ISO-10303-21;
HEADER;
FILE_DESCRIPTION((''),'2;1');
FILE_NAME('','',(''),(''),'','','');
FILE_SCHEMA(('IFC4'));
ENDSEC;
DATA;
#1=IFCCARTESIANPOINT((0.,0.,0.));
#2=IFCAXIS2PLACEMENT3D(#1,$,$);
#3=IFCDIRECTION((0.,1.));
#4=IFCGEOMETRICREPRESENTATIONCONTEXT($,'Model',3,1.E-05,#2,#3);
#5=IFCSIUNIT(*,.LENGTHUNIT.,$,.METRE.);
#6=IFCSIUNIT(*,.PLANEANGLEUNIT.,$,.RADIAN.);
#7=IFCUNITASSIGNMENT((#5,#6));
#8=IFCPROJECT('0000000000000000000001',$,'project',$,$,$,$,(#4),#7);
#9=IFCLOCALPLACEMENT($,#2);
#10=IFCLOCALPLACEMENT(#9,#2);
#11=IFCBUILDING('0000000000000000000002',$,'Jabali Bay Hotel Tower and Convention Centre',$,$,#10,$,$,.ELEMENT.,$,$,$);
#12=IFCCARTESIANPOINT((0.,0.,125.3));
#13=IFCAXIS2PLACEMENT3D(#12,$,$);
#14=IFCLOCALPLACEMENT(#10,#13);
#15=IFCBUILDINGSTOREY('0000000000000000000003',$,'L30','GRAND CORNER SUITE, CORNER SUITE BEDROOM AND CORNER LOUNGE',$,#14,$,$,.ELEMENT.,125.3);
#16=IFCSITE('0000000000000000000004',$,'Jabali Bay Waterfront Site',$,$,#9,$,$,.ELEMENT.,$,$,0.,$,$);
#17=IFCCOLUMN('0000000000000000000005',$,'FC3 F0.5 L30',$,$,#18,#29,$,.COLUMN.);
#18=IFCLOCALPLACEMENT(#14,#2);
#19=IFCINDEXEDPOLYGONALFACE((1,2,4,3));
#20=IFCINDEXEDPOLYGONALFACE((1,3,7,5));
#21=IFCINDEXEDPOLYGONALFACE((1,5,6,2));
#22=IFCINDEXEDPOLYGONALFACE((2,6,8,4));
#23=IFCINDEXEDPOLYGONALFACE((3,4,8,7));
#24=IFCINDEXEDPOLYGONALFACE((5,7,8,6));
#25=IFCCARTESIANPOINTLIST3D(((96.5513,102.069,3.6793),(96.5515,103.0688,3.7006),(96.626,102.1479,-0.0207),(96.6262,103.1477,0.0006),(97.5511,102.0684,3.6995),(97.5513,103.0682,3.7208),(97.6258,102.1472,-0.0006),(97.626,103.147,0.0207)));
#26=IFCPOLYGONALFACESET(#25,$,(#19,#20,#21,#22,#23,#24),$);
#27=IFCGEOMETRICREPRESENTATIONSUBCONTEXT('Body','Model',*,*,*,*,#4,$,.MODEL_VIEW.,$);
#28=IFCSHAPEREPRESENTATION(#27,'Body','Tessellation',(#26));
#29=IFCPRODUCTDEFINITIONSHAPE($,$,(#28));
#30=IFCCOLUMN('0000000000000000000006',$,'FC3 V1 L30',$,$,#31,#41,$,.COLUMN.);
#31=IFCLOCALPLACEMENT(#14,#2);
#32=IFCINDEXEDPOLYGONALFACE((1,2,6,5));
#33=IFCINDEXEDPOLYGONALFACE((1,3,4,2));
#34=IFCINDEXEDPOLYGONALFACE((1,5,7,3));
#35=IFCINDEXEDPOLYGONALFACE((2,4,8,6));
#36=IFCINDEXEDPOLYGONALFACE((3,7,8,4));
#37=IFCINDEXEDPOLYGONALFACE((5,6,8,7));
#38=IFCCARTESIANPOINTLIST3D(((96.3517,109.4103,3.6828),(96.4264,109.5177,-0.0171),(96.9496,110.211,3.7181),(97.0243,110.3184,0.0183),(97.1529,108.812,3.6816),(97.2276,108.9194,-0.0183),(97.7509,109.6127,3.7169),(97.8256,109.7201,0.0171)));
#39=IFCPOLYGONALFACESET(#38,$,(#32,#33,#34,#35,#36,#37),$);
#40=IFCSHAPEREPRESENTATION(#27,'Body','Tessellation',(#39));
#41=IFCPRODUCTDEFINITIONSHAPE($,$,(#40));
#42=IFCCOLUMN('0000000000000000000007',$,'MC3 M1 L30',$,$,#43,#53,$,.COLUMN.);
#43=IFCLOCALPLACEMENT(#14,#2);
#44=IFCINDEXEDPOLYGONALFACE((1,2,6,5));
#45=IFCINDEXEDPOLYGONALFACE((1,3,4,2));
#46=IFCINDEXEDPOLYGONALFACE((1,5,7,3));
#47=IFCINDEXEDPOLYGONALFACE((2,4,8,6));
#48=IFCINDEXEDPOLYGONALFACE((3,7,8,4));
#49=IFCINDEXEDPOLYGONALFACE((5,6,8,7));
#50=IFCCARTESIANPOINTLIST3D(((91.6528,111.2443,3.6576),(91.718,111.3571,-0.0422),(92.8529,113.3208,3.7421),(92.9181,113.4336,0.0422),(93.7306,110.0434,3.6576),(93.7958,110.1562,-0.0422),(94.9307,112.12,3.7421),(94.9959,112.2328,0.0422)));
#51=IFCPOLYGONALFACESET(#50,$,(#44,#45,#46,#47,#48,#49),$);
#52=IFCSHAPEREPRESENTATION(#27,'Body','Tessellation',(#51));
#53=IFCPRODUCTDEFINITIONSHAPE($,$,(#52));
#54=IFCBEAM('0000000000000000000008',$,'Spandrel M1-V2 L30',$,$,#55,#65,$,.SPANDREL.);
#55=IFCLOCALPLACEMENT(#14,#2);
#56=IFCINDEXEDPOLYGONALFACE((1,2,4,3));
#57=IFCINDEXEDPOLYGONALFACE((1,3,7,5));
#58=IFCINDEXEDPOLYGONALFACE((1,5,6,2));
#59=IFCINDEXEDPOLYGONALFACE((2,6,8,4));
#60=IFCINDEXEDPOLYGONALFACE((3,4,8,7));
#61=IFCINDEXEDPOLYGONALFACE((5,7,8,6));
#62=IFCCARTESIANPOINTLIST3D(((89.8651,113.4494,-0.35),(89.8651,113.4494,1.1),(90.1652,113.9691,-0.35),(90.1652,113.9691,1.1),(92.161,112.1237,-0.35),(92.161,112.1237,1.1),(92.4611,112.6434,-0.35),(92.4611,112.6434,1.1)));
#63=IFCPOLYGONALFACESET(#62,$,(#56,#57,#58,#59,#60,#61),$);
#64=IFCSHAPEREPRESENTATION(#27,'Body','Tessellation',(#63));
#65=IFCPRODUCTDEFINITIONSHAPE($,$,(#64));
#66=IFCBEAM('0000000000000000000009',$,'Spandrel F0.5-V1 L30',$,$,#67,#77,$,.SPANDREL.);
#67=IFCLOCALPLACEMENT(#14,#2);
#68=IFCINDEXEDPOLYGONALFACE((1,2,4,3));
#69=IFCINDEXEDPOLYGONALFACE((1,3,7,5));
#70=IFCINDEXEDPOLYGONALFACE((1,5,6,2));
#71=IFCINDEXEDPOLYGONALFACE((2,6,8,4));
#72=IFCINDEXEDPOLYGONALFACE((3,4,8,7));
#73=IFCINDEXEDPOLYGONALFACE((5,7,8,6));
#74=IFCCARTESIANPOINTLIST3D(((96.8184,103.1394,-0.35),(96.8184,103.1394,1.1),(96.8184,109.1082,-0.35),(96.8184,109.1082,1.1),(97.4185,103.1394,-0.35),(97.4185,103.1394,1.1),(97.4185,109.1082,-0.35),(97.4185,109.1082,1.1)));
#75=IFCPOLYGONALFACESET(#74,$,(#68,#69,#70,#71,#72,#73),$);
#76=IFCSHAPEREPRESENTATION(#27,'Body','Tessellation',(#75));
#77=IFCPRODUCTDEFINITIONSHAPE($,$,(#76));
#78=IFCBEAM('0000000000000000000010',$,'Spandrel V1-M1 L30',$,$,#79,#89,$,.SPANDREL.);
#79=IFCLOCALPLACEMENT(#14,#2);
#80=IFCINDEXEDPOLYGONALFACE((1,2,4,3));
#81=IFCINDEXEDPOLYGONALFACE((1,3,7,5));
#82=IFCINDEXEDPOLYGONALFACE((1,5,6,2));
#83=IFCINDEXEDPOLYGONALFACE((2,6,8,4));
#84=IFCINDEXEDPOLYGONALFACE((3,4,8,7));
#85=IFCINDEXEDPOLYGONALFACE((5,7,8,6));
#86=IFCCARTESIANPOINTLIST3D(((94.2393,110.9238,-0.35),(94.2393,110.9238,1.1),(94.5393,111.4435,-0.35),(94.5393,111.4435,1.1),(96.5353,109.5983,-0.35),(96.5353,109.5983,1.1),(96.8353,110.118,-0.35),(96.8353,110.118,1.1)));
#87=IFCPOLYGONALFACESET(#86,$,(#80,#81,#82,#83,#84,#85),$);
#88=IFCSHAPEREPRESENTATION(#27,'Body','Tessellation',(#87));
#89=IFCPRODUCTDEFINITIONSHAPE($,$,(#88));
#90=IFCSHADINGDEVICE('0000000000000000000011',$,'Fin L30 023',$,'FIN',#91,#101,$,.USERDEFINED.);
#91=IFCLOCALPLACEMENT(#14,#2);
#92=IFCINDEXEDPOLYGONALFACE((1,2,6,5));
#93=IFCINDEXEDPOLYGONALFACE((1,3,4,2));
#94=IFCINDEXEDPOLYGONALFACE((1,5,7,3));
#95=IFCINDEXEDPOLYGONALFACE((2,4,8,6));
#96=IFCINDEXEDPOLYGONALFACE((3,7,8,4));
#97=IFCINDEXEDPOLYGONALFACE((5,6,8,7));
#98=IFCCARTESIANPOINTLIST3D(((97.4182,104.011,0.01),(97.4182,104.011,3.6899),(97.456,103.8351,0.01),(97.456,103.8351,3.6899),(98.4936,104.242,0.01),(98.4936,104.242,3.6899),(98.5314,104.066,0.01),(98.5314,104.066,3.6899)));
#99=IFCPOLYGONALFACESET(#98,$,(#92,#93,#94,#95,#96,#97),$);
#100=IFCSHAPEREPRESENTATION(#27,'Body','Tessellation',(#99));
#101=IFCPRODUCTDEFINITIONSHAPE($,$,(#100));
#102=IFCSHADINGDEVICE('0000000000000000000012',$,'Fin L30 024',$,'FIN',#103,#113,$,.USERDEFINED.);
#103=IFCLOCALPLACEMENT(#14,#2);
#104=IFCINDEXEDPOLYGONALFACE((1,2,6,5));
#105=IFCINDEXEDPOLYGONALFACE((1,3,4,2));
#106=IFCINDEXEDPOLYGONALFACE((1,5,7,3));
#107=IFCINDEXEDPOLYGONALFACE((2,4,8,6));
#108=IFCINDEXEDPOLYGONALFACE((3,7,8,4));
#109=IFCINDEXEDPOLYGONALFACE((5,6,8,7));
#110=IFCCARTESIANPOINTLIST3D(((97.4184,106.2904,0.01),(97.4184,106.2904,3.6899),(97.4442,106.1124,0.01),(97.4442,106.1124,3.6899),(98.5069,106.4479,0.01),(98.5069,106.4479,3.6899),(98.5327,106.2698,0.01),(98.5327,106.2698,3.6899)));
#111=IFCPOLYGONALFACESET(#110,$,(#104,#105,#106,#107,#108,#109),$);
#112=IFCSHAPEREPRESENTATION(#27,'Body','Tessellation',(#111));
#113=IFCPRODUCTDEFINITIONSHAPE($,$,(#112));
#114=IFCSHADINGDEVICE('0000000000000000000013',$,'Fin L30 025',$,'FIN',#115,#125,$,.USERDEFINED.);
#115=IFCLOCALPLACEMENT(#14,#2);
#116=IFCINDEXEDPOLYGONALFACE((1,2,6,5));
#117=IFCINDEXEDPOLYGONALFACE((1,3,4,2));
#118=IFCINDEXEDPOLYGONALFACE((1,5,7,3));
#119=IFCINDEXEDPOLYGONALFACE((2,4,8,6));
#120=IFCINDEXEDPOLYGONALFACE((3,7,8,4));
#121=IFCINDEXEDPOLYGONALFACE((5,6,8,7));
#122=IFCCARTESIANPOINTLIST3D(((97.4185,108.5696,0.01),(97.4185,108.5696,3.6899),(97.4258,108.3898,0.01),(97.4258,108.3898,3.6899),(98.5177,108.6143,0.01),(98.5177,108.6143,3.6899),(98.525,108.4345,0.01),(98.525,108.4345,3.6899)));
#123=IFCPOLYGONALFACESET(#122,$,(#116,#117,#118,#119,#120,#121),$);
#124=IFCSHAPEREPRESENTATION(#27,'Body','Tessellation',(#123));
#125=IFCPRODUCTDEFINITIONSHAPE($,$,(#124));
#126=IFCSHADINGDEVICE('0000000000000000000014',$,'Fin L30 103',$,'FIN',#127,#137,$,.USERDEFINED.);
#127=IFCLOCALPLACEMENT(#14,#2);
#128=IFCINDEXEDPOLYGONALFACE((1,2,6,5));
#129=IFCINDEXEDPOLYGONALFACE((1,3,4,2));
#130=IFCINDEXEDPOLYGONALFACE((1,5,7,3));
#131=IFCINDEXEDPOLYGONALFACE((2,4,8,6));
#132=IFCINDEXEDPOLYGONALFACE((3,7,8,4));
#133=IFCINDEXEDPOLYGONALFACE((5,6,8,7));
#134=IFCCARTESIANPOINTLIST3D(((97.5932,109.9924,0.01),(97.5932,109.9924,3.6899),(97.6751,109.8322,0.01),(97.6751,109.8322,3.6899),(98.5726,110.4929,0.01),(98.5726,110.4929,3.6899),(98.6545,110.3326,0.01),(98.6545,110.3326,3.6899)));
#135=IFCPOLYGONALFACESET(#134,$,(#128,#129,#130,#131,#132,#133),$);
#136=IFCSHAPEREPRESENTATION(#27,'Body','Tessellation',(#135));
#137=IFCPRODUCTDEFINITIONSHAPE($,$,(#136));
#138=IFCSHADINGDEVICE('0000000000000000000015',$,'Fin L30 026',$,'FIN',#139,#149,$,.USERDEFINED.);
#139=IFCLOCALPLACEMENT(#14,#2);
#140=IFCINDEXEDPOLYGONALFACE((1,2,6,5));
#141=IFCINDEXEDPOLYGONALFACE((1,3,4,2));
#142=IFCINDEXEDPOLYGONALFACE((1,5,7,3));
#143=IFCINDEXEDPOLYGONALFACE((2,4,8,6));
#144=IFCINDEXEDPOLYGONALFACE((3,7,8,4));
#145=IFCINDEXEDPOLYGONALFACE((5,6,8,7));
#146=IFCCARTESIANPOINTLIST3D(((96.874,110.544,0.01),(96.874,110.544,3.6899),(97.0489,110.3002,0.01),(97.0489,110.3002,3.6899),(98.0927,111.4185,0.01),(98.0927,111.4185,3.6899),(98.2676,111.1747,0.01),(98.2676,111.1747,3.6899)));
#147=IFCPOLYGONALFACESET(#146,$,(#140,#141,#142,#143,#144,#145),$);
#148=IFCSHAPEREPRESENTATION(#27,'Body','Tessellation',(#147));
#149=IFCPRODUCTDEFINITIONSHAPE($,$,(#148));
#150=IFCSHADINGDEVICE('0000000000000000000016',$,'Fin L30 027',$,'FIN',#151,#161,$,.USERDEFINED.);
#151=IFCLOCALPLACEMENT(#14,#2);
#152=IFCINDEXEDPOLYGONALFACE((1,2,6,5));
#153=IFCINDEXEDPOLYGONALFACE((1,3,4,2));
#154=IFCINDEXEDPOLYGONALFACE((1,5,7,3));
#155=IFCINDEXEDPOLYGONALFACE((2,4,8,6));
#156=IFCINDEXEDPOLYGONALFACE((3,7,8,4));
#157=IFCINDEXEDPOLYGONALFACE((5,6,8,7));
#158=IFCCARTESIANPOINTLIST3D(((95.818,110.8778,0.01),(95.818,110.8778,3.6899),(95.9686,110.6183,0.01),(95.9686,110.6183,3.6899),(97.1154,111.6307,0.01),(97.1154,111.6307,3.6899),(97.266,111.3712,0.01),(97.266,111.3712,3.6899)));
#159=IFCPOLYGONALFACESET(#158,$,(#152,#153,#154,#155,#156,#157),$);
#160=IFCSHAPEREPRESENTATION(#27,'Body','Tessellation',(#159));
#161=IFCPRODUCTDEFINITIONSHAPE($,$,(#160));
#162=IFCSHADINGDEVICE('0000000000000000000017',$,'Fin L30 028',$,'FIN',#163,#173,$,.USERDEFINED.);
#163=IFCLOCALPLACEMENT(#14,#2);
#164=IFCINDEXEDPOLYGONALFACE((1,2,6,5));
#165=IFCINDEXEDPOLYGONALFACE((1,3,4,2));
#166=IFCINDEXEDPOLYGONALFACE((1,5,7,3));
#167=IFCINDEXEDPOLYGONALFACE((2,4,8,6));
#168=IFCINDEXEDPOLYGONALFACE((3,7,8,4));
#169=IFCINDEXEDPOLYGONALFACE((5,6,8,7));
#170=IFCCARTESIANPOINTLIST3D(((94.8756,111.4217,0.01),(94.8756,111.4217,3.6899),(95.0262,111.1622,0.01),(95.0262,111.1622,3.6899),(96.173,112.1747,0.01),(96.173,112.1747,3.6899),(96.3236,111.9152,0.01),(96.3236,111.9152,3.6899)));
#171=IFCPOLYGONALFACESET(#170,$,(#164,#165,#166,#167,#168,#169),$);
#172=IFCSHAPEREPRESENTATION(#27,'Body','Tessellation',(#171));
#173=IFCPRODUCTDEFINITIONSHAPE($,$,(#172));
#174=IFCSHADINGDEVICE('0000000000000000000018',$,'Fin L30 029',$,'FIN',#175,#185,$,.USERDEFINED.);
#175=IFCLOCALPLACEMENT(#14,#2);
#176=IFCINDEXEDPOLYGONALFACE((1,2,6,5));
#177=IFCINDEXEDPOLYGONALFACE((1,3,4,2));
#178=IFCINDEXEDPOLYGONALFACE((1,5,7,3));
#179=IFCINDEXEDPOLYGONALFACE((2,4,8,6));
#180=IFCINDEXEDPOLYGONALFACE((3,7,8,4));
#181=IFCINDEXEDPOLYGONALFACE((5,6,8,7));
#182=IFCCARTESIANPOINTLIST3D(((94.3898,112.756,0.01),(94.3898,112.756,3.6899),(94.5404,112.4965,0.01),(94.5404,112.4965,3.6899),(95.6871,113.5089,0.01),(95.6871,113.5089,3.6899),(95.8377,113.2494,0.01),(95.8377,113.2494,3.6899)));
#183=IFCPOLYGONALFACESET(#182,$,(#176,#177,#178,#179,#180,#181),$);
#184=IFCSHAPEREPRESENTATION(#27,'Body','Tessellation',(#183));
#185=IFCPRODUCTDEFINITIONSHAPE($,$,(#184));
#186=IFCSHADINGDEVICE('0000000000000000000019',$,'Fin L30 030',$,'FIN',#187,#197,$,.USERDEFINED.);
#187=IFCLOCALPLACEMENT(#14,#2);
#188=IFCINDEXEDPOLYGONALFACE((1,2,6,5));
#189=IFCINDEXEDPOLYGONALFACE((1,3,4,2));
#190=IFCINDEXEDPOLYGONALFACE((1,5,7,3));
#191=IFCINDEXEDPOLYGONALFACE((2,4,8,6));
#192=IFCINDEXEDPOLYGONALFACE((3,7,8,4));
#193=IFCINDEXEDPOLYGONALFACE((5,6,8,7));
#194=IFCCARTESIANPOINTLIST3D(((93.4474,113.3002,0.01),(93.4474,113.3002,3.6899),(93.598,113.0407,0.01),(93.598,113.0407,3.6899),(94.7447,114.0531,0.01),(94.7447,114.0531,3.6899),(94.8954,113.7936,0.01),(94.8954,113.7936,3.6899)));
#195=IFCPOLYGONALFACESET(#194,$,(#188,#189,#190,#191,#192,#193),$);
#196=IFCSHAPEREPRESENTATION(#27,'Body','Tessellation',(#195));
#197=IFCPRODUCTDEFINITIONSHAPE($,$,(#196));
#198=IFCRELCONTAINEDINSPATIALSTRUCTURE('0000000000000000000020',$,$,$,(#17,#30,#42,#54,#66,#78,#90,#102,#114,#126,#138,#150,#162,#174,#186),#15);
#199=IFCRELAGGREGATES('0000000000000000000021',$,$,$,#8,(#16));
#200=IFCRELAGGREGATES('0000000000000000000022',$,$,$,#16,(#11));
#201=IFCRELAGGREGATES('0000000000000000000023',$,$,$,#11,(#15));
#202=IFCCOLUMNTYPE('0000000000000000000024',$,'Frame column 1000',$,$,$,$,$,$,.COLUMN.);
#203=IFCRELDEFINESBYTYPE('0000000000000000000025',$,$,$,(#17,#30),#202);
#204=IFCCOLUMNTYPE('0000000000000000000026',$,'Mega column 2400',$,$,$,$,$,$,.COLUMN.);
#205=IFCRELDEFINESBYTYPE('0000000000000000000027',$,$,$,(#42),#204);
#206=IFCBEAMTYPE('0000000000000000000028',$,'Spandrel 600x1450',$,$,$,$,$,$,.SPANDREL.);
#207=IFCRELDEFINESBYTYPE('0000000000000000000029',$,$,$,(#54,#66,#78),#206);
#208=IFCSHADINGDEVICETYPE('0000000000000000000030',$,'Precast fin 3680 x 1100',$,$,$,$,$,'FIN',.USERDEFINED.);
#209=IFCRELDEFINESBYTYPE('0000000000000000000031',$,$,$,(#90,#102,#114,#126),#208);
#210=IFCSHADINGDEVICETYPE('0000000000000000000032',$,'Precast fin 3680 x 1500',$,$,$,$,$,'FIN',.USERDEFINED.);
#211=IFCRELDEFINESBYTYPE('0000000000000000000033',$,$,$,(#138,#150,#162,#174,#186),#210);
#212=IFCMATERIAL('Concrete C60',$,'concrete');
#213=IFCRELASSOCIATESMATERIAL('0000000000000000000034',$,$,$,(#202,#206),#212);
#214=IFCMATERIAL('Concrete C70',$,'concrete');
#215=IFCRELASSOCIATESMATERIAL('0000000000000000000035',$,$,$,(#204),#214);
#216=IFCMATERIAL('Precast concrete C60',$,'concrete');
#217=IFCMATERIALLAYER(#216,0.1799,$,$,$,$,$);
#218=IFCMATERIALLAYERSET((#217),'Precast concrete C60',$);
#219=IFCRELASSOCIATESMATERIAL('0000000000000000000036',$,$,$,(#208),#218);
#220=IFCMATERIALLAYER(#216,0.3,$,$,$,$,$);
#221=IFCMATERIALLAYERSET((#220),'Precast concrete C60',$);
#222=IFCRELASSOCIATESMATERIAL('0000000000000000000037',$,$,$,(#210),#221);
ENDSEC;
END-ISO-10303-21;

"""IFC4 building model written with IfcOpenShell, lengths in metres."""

from ifc_helpers import new_model, si_unit, direction, frame, frame_2d, origin, origin_2d, place, context, subcontext, project, spatial, rectangle, extrude, material, layer, layer_set, material_profile, profile_set, type_object, element, save


model = new_model("IFC4")

# Units and contexts
model_context = context("Model", 3, precision=1e-05, world=origin(), true_north=direction((0.0, 1.0)))
body_context = subcontext(model_context, "Body", "Model", "MODEL_VIEW")
ifc_project = project(units=[si_unit("LENGTHUNIT", "METRE"), si_unit("PLANEANGLEUNIT", "RADIAN")], contexts=[model_context])

# Site, building, storey
site_placement = place(None, origin())
site = spatial("IfcSite", under=ifc_project, at=site_placement, Name="Jabali Bay Waterfront Site", CompositionType="ELEMENT", RefElevation=0.0)
building_placement = place(site_placement, origin())
building = spatial("IfcBuilding", under=site, at=building_placement, Name="Jabali Bay Hotel Tower and Convention Centre", CompositionType="ELEMENT")
storey_placement = place(building_placement, frame((0.0, 0.0, 125.3)))
storey = spatial("IfcBuildingStorey", under=building, at=storey_placement, Name="L30", Description="GRAND CORNER SUITE, CORNER SUITE BEDROOM AND CORNER LOUNGE", CompositionType="ELEMENT", Elevation=125.3)

# Columns
ifc_material_1 = material(Name="Concrete C60", Category="concrete")
ifc_material_profile_1 = material_profile(ifc_material_1, rectangle(XDim=1.0, YDim=1.0, at=origin_2d()), Name="Frame column 1000")
ifc_profile_set_1 = profile_set([ifc_material_profile_1], Name="Concrete C60")
column_type_1 = type_object("IfcColumnType", Name="Frame column 1000", PredefinedType="COLUMN", material=ifc_profile_set_1)
column_1_placement = place(storey_placement, frame((97.126, 102.6475, 0.0), z_axis=(-0.020183, -0.021304, 0.999569), x_axis=(0.999796, -0.000658, 0.020173)))
element("IfcColumn", 1, at=column_1_placement, inside=storey, type_object=column_type_1, Name="FC3 F0.5 L30", PredefinedType="COLUMN", context=body_context, shape_type="SweptSolid", body=[
    extrude(rectangle(XDim=1.0, YDim=1.0, at=origin_2d()), origin(), (0.0, 0.0, 1.0), 3.7017),
])
column_2_placement = place(storey_placement, frame((97.126, 109.6189, 0.0), z_axis=(-0.020179, -0.029015, 0.999375), x_axis=(0.597989, 0.800726, 0.035322)))
element("IfcColumn", 2, at=column_2_placement, inside=storey, type_object=column_type_1, Name="FC3 V1 L30", PredefinedType="COLUMN", context=body_context, shape_type="SweptSolid", body=[
    extrude(rectangle(XDim=1.0, YDim=1.0, at=origin_2d()), origin(), (0.0, 0.0, 1.0), 3.7021),
])
ifc_material_2 = material(Name="Concrete C70", Category="concrete")
ifc_material_profile_2 = material_profile(ifc_material_2, rectangle(XDim=2.3999, YDim=2.3999, at=origin_2d()), Name="Mega column 2400")
ifc_profile_set_2 = profile_set([ifc_material_profile_2], Name="Concrete C70")
column_type_2 = type_object("IfcColumnType", Name="Mega column 2400", PredefinedType="COLUMN", material=ifc_profile_set_2)
column_3_placement = place(storey_placement, frame((93.3569, 111.7949, 0.0), z_axis=(-0.017607, -0.030466, 0.999381), x_axis=(0.865811, -0.500371, 0.0)))
element("IfcColumn", 3, at=column_3_placement, inside=storey, type_object=column_type_2, Name="MC3 M1 L30", PredefinedType="COLUMN", context=body_context, shape_type="SweptSolid", body=[
    extrude(rectangle(XDim=2.3999, YDim=2.3999, at=origin_2d()), origin(), (0.0, 0.0, 1.0), 3.7021),
])

# Beams
ifc_material_profile_3 = material_profile(ifc_material_1, rectangle(XDim=0.6001, YDim=1.45, at=origin_2d()), Name="Spandrel 600x1450")
ifc_profile_set_3 = profile_set([ifc_material_profile_3], Name="Concrete C60")
beam_type = type_object("IfcBeamType", Name="Spandrel 600x1450", PredefinedType="SPANDREL", material=ifc_profile_set_3)
beam_1_placement = place(storey_placement, frame((92.311, 112.3835, 0.375), z_axis=(-0.866002, 0.500041, 0.0), x_axis=(-0.500041, -0.866002, 0.0)))
element("IfcBeam", 4, at=beam_1_placement, inside=storey, type_object=beam_type, Name="Spandrel M1-V2 L30", PredefinedType="SPANDREL", context=body_context, shape_type="SweptSolid", body=[
    extrude(rectangle(XDim=0.6001, YDim=1.45, at=origin_2d()), origin(), (0.0, 0.0, 1.0), 2.6511),
])
beam_2_placement = place(storey_placement, frame((97.1184, 103.1394, 0.375), z_axis=(0.0, 1.0, 0.0), x_axis=(-1.0, 0.0, 0.0)))
element("IfcBeam", 5, at=beam_2_placement, inside=storey, type_object=beam_type, Name="Spandrel F0.5-V1 L30", PredefinedType="SPANDREL", context=body_context, shape_type="SweptSolid", body=[
    extrude(rectangle(XDim=0.6001, YDim=1.45, at=origin_2d()), origin(), (0.0, 0.0, 1.0), 5.9688),
])
beam_3_placement = place(storey_placement, frame((96.6853, 109.8582, 0.375), z_axis=(-0.866041, 0.499972, 0.0), x_axis=(-0.499972, -0.866041, 0.0)))
element("IfcBeam", 6, at=beam_3_placement, inside=storey, type_object=beam_type, Name="Spandrel V1-M1 L30", PredefinedType="SPANDREL", context=body_context, shape_type="SweptSolid", body=[
    extrude(rectangle(XDim=0.6001, YDim=1.45, at=origin_2d()), origin(), (0.0, 0.0, 1.0), 2.6511),
])

# Shading devices
ifc_material_3 = material(Name="Precast concrete C60", Category="concrete")
ifc_layer_1 = layer(ifc_material_3, 0.1799)
ifc_layer_set_1 = layer_set([ifc_layer_1], Name="Precast concrete C60")
shading_device_type_1 = type_object("IfcShadingDeviceType", Name="Precast fin 3680 x 1100", ElementType="FIN", PredefinedType="USERDEFINED", material=ifc_layer_set_1)
for number, where, z_axis, x_axis, name in (
    (7, (97.4373, 103.9231, 0.01), (0.0, 0.0, 1.0), (0.977708, 0.209969, 0.0), "Fin L30 023"),
    (8, (97.4314, 106.2014, 0.01), (0.0, 0.0, 1.0), (0.989699, 0.143161, 0.0), "Fin L30 024"),
):
    element("IfcShadingDevice", number, at=place(storey_placement, frame(where, z_axis=z_axis, x_axis=x_axis)), inside=storey, type_object=shading_device_type_1, Name=name, ObjectType="FIN", PredefinedType="USERDEFINED", context=body_context, shape_type="SweptSolid", body=[
        extrude(rectangle(XDim=1.0999, YDim=0.1799, at=frame_2d((0.5498, 0.0))), origin(), (0.0, 0.0, 1.0), 3.6799),
    ])
shading_device_1_placement = place(storey_placement, frame((97.4221, 108.4797, 0.01), z_axis=(0.0, 0.0, 1.0), x_axis=(0.999175, 0.040615, 0.0)))
element("IfcShadingDevice", 9, at=shading_device_1_placement, inside=storey, type_object=shading_device_type_1, Name="Fin L30 025", ObjectType="FIN", PredefinedType="USERDEFINED", context=body_context, shape_type="SweptSolid", body=[
    extrude(rectangle(XDim=1.1001, YDim=0.1799, at=frame_2d((0.55, 0.0))), origin(), (0.0, 0.0, 1.0), 3.6799),
])
shading_device_2_placement = place(storey_placement, frame((97.6343, 109.9124, 0.01), z_axis=(0.0, 0.0, 1.0), x_axis=(0.890487, 0.455009, 0.0)))
element("IfcShadingDevice", 10, at=shading_device_2_placement, inside=storey, type_object=shading_device_type_1, Name="Fin L30 103", ObjectType="FIN", PredefinedType="USERDEFINED", context=body_context, shape_type="SweptSolid", body=[
    extrude(rectangle(XDim=1.0999, YDim=0.1799, at=frame_2d((0.5498, 0.0))), origin(), (0.0, 0.0, 1.0), 3.6799),
])
ifc_layer_2 = layer(ifc_material_3, 0.3)
ifc_layer_set_2 = layer_set([ifc_layer_2], Name="Precast concrete C60")
shading_device_type_2 = type_object("IfcShadingDeviceType", Name="Precast fin 3680 x 1500", ElementType="FIN", PredefinedType="USERDEFINED", material=ifc_layer_set_2)
for number, where, z_axis, x_axis, name in (
    (11, (96.9614, 110.4221, 0.01), (0.0, 0.0, 1.0), (0.812478, 0.582992, 0.0), "Fin L30 026"),
    (12, (95.8933, 110.748, 0.01), (0.0, 0.0, 1.0), (0.864898, 0.501947, 0.0), "Fin L30 027"),
    (13, (94.9509, 111.292, 0.01), (0.0, 0.0, 1.0), (0.864898, 0.501947, 0.0), "Fin L30 028"),
    (14, (94.4651, 112.6262, 0.01), (0.0, 0.0, 1.0), (0.864898, 0.501947, 0.0), "Fin L30 029"),
    (15, (93.5227, 113.1704, 0.01), (0.0, 0.0, 1.0), (0.864898, 0.501947, 0.0), "Fin L30 030"),
):
    element("IfcShadingDevice", number, at=place(storey_placement, frame(where, z_axis=z_axis, x_axis=x_axis)), inside=storey, type_object=shading_device_type_2, Name=name, ObjectType="FIN", PredefinedType="USERDEFINED", context=body_context, shape_type="SweptSolid", body=[
        extrude(rectangle(XDim=1.5, YDim=0.3, at=frame_2d((0.75, 0.0))), origin(), (0.0, 0.0, 1.0), 3.6799),
    ])

save(model, "model.ifc")
